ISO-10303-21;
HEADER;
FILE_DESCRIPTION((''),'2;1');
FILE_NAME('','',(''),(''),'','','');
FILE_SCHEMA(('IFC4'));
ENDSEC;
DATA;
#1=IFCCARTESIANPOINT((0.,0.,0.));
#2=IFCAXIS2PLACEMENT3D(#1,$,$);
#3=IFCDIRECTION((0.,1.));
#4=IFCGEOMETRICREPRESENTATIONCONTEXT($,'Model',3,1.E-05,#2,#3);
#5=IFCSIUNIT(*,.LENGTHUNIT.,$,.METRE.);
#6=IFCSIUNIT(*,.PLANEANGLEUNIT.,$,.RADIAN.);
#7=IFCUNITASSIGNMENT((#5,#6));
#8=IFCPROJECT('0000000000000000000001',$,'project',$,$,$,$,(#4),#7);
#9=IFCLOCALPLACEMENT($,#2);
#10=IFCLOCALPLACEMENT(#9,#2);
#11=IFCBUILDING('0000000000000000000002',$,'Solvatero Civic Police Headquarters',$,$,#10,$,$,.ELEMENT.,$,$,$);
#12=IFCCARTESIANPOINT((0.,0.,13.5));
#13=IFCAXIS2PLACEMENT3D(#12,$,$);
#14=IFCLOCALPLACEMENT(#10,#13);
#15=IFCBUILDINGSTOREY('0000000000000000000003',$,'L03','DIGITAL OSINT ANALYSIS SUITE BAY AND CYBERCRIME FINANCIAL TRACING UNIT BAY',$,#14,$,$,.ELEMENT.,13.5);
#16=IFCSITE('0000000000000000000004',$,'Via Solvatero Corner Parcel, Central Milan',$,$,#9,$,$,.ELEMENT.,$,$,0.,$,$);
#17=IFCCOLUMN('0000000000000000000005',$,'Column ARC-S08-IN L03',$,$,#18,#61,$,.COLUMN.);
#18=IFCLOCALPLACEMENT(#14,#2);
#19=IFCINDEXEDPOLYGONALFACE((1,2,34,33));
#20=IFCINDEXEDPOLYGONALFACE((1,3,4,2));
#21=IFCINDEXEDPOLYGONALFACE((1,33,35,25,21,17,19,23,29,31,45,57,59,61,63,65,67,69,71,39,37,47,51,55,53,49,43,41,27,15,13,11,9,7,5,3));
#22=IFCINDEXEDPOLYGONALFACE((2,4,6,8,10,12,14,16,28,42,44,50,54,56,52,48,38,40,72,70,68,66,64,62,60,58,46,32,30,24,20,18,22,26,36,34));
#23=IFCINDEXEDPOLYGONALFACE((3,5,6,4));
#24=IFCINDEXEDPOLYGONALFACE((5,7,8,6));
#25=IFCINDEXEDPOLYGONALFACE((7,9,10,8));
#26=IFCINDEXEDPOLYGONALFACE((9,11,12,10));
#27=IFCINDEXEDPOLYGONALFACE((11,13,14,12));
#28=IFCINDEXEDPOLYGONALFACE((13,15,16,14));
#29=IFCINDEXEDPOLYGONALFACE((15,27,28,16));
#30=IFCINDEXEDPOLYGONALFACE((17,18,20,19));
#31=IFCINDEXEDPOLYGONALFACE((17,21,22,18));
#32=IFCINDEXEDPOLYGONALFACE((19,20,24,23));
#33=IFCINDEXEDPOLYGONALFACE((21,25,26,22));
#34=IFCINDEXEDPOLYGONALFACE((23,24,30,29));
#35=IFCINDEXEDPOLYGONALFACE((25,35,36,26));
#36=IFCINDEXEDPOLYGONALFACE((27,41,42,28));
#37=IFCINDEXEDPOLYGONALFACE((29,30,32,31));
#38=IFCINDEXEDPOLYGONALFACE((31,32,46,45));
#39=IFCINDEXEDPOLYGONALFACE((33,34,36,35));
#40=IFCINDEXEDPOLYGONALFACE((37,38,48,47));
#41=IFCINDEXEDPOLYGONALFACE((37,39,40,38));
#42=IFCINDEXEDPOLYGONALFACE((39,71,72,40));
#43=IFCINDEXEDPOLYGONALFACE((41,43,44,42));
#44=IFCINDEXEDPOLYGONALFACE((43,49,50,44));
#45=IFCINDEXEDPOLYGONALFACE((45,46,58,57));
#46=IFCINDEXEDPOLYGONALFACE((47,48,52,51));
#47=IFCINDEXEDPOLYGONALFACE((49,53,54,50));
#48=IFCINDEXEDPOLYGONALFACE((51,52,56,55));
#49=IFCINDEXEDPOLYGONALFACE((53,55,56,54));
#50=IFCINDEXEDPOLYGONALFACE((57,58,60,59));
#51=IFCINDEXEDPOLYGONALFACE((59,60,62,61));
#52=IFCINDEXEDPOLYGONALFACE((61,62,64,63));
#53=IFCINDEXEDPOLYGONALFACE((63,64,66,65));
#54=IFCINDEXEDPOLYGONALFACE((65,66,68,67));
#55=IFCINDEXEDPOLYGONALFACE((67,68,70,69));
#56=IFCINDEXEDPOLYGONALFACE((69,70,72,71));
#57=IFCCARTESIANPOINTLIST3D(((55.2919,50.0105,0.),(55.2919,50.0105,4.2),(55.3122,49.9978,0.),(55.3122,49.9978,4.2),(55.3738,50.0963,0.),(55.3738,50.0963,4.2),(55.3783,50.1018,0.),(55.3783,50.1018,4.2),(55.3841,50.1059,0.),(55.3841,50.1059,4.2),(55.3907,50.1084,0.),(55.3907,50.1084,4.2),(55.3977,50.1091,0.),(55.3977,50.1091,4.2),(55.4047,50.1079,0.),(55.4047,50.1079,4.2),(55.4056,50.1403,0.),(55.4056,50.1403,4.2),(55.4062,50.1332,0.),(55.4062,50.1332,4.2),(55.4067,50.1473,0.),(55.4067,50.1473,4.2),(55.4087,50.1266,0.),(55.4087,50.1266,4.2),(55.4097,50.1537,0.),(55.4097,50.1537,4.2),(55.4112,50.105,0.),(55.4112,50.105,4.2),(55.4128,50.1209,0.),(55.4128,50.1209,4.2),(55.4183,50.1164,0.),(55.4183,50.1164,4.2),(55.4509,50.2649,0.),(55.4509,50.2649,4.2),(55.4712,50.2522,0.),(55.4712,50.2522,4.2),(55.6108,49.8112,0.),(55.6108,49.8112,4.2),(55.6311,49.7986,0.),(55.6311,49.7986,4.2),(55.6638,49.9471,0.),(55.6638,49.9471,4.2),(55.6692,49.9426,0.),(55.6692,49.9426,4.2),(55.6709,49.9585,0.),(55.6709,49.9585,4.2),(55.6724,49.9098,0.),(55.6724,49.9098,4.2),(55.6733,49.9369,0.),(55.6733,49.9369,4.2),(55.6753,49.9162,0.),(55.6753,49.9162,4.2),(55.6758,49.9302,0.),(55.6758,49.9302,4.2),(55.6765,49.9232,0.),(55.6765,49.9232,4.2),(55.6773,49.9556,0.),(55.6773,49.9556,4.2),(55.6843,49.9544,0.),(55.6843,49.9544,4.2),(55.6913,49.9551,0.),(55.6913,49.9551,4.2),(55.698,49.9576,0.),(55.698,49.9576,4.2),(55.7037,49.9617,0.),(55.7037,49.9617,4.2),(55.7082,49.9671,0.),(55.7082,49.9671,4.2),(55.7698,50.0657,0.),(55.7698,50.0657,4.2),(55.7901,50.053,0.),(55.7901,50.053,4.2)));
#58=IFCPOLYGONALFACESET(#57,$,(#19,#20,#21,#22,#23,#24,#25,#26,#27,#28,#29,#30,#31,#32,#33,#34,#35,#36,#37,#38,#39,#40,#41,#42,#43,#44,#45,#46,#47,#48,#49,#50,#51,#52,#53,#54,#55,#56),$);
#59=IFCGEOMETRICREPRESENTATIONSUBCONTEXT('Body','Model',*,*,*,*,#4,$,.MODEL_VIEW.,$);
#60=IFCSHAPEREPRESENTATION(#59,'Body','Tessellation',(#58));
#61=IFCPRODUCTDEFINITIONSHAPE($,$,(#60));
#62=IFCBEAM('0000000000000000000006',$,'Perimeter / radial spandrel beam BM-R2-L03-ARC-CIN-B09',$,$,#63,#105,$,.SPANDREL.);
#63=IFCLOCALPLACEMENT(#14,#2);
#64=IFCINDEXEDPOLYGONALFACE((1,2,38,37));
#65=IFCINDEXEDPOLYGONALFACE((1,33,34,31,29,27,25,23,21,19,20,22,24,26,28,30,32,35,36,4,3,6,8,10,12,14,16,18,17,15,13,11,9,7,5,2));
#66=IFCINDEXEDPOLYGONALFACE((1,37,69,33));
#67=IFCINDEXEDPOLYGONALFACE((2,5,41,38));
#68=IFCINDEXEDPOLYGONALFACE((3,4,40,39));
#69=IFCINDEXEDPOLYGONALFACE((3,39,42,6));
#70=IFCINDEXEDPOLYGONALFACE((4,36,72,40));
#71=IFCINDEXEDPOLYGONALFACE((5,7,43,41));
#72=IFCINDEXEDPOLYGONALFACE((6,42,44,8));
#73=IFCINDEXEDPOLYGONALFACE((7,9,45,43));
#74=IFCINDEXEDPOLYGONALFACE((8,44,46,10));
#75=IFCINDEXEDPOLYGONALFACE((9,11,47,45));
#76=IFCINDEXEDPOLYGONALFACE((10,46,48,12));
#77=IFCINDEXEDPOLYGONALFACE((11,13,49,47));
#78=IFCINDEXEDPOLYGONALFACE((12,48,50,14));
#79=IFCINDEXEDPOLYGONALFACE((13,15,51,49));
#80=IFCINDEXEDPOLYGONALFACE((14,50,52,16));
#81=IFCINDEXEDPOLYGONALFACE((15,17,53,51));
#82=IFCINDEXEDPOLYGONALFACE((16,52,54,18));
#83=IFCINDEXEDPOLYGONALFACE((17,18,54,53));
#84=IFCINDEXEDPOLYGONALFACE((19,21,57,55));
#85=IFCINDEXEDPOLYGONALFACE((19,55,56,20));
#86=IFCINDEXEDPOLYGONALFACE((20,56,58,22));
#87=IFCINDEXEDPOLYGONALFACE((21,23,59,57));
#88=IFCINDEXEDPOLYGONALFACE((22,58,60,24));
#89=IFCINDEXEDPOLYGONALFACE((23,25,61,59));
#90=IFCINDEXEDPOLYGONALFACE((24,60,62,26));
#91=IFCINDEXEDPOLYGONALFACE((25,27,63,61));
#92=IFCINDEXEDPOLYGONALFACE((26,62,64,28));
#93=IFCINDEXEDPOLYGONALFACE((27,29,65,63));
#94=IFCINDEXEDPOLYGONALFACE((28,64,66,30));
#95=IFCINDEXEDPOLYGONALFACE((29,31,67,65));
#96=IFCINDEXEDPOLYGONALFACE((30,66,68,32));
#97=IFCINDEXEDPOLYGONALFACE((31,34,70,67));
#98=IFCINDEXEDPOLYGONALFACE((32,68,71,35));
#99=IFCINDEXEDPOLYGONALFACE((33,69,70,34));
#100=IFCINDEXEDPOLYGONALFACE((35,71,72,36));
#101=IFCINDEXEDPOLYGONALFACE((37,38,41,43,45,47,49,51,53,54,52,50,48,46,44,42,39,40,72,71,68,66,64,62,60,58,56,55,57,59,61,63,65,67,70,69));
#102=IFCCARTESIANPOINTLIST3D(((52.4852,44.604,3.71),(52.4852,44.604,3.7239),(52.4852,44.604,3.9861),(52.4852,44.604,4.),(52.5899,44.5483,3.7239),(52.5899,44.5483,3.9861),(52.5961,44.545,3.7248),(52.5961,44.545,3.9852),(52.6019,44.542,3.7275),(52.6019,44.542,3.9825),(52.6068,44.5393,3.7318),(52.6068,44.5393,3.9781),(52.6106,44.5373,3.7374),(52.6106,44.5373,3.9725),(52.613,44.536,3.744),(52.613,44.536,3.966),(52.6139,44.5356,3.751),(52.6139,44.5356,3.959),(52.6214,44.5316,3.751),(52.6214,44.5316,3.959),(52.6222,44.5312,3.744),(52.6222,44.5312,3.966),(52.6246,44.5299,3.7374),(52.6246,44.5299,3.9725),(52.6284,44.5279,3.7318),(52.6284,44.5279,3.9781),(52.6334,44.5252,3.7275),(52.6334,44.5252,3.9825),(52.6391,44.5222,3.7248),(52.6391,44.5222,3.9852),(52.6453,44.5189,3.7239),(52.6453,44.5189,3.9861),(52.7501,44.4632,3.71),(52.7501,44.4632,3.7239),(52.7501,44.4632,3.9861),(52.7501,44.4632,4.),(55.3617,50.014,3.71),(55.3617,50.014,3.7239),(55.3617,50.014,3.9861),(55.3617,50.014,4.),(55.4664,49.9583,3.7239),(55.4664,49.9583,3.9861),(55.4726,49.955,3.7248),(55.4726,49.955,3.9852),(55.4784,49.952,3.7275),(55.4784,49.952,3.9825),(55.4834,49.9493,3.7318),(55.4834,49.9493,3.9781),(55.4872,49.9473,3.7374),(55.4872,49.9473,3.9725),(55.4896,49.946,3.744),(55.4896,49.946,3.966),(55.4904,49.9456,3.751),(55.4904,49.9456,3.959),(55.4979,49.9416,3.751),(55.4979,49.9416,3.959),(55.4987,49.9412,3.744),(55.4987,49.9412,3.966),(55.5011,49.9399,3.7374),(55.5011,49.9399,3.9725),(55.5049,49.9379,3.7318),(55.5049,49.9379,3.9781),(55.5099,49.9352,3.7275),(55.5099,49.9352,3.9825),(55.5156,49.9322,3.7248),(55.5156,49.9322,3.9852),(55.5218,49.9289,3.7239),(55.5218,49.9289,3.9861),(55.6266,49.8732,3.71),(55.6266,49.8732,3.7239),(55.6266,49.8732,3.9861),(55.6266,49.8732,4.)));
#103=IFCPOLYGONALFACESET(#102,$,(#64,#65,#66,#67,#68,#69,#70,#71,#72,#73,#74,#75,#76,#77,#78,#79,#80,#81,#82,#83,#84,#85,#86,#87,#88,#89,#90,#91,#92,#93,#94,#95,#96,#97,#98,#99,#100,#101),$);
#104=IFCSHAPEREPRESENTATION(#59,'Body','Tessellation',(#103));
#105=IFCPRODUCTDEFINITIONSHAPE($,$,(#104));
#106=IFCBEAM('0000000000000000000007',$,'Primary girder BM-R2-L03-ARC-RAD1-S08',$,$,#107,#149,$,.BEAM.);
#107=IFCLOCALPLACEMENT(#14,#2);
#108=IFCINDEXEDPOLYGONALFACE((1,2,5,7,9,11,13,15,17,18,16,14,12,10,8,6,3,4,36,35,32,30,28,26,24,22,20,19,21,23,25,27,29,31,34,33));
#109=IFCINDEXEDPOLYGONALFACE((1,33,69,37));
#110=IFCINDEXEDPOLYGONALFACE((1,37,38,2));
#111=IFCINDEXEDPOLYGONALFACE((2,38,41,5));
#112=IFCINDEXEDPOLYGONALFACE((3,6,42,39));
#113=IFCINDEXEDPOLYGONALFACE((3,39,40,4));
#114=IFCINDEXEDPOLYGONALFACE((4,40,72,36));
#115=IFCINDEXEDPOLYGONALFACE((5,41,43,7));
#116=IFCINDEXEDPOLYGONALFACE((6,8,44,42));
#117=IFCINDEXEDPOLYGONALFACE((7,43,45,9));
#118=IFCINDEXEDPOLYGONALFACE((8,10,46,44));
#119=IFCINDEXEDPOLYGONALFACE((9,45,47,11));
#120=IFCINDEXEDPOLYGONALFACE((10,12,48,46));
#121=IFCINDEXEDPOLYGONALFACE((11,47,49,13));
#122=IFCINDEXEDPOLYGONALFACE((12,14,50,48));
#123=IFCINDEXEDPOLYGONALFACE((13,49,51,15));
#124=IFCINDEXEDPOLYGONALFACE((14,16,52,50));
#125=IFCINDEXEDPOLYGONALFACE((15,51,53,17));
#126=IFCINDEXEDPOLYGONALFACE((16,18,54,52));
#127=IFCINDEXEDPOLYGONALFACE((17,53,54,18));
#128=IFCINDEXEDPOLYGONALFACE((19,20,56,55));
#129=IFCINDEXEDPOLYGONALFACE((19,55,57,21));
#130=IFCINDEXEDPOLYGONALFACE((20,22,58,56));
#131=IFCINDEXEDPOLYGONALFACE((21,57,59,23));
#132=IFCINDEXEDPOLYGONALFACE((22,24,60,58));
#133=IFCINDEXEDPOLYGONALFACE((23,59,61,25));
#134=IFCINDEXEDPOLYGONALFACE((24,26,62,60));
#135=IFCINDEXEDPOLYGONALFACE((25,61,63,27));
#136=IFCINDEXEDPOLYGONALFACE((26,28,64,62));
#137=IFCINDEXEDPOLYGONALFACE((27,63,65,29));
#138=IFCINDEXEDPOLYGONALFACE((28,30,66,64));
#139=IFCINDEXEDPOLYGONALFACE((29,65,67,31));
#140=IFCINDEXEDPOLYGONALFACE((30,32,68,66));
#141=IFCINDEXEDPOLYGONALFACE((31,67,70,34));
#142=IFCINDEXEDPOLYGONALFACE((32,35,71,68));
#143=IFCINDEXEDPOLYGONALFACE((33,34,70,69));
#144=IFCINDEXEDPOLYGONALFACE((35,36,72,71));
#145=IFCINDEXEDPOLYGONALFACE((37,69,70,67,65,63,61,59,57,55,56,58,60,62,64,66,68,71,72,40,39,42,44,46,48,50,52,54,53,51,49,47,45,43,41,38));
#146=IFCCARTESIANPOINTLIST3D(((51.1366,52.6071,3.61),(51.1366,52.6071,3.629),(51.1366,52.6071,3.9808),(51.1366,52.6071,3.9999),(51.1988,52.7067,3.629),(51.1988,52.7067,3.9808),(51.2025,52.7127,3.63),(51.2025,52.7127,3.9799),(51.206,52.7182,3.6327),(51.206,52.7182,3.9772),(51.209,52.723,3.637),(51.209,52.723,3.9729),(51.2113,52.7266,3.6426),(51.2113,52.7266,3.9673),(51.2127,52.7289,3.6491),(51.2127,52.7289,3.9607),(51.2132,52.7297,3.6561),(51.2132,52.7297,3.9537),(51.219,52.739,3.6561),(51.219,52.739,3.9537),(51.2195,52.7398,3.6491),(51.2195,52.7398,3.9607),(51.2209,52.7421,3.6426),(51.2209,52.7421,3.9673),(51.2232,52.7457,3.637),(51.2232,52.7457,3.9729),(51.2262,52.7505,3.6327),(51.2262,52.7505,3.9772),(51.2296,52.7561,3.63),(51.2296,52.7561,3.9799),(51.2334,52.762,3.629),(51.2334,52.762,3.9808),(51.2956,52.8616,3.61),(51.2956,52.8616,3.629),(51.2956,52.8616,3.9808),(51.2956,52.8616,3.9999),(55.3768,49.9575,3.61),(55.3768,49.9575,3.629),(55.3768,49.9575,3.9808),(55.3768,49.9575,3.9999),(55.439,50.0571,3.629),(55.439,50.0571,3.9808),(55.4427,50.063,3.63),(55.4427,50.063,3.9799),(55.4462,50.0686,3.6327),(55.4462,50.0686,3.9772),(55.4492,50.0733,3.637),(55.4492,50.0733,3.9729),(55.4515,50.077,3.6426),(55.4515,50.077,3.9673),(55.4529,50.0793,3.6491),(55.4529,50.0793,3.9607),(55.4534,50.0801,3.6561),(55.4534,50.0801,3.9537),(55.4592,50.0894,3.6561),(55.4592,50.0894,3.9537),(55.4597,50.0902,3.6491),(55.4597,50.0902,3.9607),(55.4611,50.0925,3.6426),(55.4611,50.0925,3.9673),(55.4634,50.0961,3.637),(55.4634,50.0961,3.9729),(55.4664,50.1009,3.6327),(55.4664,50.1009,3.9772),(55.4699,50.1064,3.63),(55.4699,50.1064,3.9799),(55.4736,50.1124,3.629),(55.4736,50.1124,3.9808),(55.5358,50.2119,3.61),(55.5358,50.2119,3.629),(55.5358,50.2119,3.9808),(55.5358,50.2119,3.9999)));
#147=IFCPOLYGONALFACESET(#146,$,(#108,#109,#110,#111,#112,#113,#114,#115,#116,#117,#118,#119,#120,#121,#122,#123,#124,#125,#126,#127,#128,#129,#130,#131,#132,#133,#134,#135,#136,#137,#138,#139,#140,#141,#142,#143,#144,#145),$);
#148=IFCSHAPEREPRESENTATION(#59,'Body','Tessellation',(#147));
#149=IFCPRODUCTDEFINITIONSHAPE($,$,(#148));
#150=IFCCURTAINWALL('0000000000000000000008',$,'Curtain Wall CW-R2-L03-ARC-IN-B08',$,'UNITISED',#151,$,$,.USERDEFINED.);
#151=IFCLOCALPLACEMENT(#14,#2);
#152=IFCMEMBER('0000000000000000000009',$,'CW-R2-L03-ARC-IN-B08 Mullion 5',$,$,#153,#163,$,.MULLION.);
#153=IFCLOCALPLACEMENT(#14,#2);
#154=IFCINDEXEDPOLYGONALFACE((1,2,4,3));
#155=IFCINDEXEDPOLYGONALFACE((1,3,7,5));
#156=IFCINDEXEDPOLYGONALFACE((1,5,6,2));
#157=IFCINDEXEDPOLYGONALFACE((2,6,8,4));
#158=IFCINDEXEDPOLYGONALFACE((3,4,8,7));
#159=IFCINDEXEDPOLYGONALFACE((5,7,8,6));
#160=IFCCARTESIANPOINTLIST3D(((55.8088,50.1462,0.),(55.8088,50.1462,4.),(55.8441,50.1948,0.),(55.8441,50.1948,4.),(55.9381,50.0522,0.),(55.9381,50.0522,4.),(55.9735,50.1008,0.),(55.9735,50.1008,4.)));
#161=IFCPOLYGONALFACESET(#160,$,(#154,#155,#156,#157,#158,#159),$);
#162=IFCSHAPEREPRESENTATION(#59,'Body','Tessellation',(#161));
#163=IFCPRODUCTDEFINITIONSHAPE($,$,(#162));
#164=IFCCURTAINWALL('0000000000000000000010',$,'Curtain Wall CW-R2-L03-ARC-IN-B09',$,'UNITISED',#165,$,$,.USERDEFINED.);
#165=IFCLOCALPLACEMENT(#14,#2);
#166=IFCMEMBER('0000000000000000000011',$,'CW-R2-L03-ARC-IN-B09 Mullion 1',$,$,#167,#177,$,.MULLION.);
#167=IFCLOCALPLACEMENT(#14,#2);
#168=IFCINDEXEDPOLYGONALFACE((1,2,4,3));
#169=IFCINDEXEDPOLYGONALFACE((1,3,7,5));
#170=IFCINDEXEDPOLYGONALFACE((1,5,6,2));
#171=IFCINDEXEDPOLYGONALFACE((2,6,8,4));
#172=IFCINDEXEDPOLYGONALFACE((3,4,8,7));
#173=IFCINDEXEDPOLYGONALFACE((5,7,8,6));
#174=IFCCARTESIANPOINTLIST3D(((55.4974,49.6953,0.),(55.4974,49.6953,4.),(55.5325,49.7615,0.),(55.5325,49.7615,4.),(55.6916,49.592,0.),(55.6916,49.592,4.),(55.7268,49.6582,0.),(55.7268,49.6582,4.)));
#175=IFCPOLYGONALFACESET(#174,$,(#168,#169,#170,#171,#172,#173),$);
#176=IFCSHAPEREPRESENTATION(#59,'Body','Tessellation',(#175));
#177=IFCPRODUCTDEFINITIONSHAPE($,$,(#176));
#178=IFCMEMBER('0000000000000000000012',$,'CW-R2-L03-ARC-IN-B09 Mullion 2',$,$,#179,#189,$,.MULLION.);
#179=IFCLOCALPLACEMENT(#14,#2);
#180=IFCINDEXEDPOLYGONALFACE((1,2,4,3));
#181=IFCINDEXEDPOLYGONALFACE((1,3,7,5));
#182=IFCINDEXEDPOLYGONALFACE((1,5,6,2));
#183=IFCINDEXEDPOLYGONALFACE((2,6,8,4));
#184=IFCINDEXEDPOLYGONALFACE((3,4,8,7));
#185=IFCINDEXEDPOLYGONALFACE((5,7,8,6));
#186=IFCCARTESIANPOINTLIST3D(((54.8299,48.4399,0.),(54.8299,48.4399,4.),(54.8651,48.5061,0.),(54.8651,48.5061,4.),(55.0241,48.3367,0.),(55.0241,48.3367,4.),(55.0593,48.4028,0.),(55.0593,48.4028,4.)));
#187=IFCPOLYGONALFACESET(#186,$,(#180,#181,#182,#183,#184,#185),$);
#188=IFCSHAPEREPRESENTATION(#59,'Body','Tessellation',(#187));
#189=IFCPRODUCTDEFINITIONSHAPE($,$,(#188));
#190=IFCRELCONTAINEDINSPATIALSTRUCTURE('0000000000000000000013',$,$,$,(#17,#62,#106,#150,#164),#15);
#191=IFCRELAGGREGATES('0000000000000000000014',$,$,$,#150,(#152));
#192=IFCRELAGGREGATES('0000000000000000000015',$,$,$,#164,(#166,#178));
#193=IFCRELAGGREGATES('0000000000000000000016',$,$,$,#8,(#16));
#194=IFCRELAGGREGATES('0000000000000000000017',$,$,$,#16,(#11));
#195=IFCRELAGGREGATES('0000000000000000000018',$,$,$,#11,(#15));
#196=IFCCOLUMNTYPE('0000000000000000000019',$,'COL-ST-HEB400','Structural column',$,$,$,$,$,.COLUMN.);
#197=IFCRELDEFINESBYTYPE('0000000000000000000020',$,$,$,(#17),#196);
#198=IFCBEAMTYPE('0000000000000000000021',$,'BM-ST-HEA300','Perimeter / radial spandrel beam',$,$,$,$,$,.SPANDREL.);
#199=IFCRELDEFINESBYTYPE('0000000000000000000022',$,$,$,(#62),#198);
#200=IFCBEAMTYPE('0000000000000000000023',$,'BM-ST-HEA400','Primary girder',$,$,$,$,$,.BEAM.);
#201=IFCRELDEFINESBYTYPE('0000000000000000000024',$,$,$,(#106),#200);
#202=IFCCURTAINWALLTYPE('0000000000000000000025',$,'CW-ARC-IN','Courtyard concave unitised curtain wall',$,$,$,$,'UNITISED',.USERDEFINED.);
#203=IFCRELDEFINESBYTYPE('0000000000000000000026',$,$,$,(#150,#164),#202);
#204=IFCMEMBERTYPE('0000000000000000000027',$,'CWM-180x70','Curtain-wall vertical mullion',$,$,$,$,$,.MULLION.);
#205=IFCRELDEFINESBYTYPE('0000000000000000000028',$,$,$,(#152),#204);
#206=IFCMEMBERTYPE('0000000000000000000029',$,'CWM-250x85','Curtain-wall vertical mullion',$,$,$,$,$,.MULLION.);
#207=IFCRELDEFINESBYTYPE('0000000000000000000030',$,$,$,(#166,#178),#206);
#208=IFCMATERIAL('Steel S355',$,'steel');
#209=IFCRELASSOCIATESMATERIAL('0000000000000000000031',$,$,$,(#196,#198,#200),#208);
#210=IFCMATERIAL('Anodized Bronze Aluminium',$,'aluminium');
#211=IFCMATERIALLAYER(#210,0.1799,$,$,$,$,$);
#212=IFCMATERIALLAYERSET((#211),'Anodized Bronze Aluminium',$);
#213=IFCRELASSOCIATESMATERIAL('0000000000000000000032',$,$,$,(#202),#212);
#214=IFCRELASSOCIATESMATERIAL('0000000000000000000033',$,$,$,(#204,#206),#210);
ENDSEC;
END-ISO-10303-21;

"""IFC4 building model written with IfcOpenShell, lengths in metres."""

from ifc_helpers import new_model, si_unit, direction, frame, origin, origin_2d, place, context, subcontext, project, spatial, rectangle, i_section, extrude, material, layer, layer_set, material_profile, profile_set, type_object, element, aggregate, save


model = new_model("IFC4")

# Units and contexts
model_context = context("Model", 3, precision=1e-05, world=origin(), true_north=direction((0.0, 1.0)))
body_context = subcontext(model_context, "Body", "Model", "MODEL_VIEW")
ifc_project = project(units=[si_unit("LENGTHUNIT", "METRE"), si_unit("PLANEANGLEUNIT", "RADIAN")], contexts=[model_context])

# Site, building, storey
site_placement = place(None, origin())
site = spatial("IfcSite", under=ifc_project, at=site_placement, Name="Via Solvatero Corner Parcel, Central Milan", CompositionType="ELEMENT", RefElevation=0.0)
building_placement = place(site_placement, origin())
building = spatial("IfcBuilding", under=site, at=building_placement, Name="Solvatero Civic Police Headquarters", CompositionType="ELEMENT")
storey_placement = place(building_placement, frame((0.0, 0.0, 13.5)))
storey = spatial("IfcBuildingStorey", under=building, at=storey_placement, Name="L03", Description="DIGITAL OSINT ANALYSIS SUITE BAY AND CYBERCRIME FINANCIAL TRACING UNIT BAY", CompositionType="ELEMENT", Elevation=13.5)

# Column
ifc_material_1 = material(Name="Steel S355", Category="steel")
ifc_material_profile_1 = material_profile(ifc_material_1, i_section(OverallWidth=0.3, OverallDepth=0.3999, WebThickness=0.0134, FlangeThickness=0.0239, FilletRadius=0.0271, at=origin_2d()), Name="HEB 400")
ifc_profile_set_1 = profile_set([ifc_material_profile_1], Name="Steel S355")
column_type = type_object("IfcColumnType", Name="COL-ST-HEB400", Description="Structural column", PredefinedType="COLUMN", material=ifc_profile_set_1)
column_placement = place(storey_placement, frame((55.541, 50.0317, 0.0), z_axis=(0.0, 0.0, 1.0), x_axis=(0.529919, 0.848048, 0.0)))
element("IfcColumn", 1, at=column_placement, inside=storey, type_object=column_type, Name="Column ARC-S08-IN L03", PredefinedType="COLUMN", context=body_context, shape_type="SweptSolid", body=[
    extrude(i_section(OverallWidth=0.3, OverallDepth=0.3999, WebThickness=0.0134, FlangeThickness=0.0239, FilletRadius=0.0271, at=origin_2d()), origin(), (0.0, 0.0, 1.0), 4.2),
])

# Beams
ifc_material_profile_2 = material_profile(ifc_material_1, i_section(OverallWidth=0.3, OverallDepth=0.29, WebThickness=0.0085, FlangeThickness=0.0139, FilletRadius=0.0271, at=origin_2d()), Name="HEA 300")
ifc_profile_set_2 = profile_set([ifc_material_profile_2], Name="Steel S355")
beam_type_1 = type_object("IfcBeamType", Name="BM-ST-HEA300", Description="Perimeter / radial spandrel beam", PredefinedType="SPANDREL", material=ifc_profile_set_2)
beam_1_placement = place(storey_placement, frame((55.4941, 49.9436, 3.855), z_axis=(-0.469467, -0.88295, 0.0), x_axis=(0.88295, -0.469467, 0.0)))
element("IfcBeam", 2, at=beam_1_placement, inside=storey, type_object=beam_type_1, Name="Perimeter / radial spandrel beam BM-R2-L03-ARC-CIN-B09", PredefinedType="SPANDREL", context=body_context, shape_type="SweptSolid", body=[
    extrude(i_section(OverallWidth=0.3, OverallDepth=0.29, WebThickness=0.0085, FlangeThickness=0.0139, FilletRadius=0.0271, at=origin_2d()), origin(), (0.0, 0.0, 1.0), 6.1272),
])
ifc_material_profile_3 = material_profile(ifc_material_1, i_section(OverallWidth=0.3, OverallDepth=0.3899, WebThickness=0.011, FlangeThickness=0.019, FilletRadius=0.0271, at=origin_2d()), Name="HEA 400")
ifc_profile_set_3 = profile_set([ifc_material_profile_3], Name="Steel S355")
beam_type_2 = type_object("IfcBeamType", Name="BM-ST-HEA400", Description="Primary girder", PredefinedType="BEAM", material=ifc_profile_set_3)
beam_2_placement = place(storey_placement, frame((55.4563, 50.0847, 3.8049), z_axis=(-0.848042, 0.529929, 0.0), x_axis=(-0.529929, -0.848042, 0.0)))
element("IfcBeam", 3, at=beam_2_placement, inside=storey, type_object=beam_type_2, Name="Primary girder BM-R2-L03-ARC-RAD1-S08", PredefinedType="BEAM", context=body_context, shape_type="SweptSolid", body=[
    extrude(i_section(OverallWidth=0.3, OverallDepth=0.3899, WebThickness=0.011, FlangeThickness=0.019, FilletRadius=0.0271, at=origin_2d()), origin(), (0.0, 0.0, 1.0), 5.0),
])

# Curtain wall, member
ifc_material_2 = material(Name="Anodized Bronze Aluminium", Category="aluminium")
ifc_layer_1 = layer(ifc_material_2, 0.1799)
ifc_layer_set_1 = layer_set([ifc_layer_1], Name="Anodized Bronze Aluminium")
curtain_wall_type = type_object("IfcCurtainWallType", Name="CW-ARC-IN", Description="Courtyard concave unitised curtain wall", ElementType="UNITISED", PredefinedType="USERDEFINED", material=ifc_layer_set_1)
curtain_wall_1_placement = place(storey_placement, origin())
curtain_wall_1 = element("IfcCurtainWall", 4, at=curtain_wall_1_placement, inside=storey, type_object=curtain_wall_type, Name="Curtain Wall CW-R2-L03-ARC-IN-B08", ObjectType="UNITISED", PredefinedType="USERDEFINED")
ifc_material_profile_4 = material_profile(ifc_material_2, rectangle(XDim=0.0601, YDim=0.1599, at=origin_2d()), Name="ALU MULLION 60x160")
ifc_profile_set_4 = profile_set([ifc_material_profile_4], Name="Anodized Bronze Aluminium")
member_type_1 = type_object("IfcMemberType", Name="CWM-180x70", Description="Curtain-wall vertical mullion", PredefinedType="MULLION", material=ifc_profile_set_4)
member_1_placement = place(storey_placement, frame((55.8911, 50.1235, 0.0), z_axis=(0.0, 0.0, 1.0), x_axis=(-0.587771, -0.809027, 0.0)))
member_1 = element("IfcMember", 5, at=member_1_placement, type_object=member_type_1, Name="CW-R2-L03-ARC-IN-B08 Mullion 5", PredefinedType="MULLION", context=body_context, shape_type="SweptSolid", body=[
    extrude(rectangle(XDim=0.0601, YDim=0.1599, at=origin_2d()), origin(), (0.0, 0.0, 1.0), 4.0),
])
aggregate(curtain_wall_1, [member_1])

# Curtain wall, members
curtain_wall_2_placement = place(storey_placement, origin())
curtain_wall_2 = element("IfcCurtainWall", 6, at=curtain_wall_2_placement, inside=storey, type_object=curtain_wall_type, Name="Curtain Wall CW-R2-L03-ARC-IN-B09", ObjectType="UNITISED", PredefinedType="USERDEFINED")
ifc_material_profile_5 = material_profile(ifc_material_2, rectangle(XDim=0.075, YDim=0.22, at=origin_2d()), Name="ALU MULLION 75x220")
ifc_profile_set_5 = profile_set([ifc_material_profile_5], Name="Anodized Bronze Aluminium")
member_type_2 = type_object("IfcMemberType", Name="CWM-250x85", Description="Curtain-wall vertical mullion", PredefinedType="MULLION", material=ifc_profile_set_5)
member_2_placement = place(storey_placement, frame((55.6121, 49.6768, 0.0), z_axis=(0.0, 0.0, 1.0), x_axis=(-0.469487, -0.882939, 0.0)))
member_2 = element("IfcMember", 7, at=member_2_placement, type_object=member_type_2, Name="CW-R2-L03-ARC-IN-B09 Mullion 1", PredefinedType="MULLION", context=body_context, shape_type="SweptSolid", body=[
    extrude(rectangle(XDim=0.075, YDim=0.22, at=origin_2d()), origin(), (0.0, 0.0, 1.0), 4.0),
])
member_3_placement = place(storey_placement, frame((54.9446, 48.4214, 0.0), z_axis=(0.0, 0.0, 1.0), x_axis=(-0.469487, -0.882939, 0.0)))
member_3 = element("IfcMember", 8, at=member_3_placement, type_object=member_type_2, Name="CW-R2-L03-ARC-IN-B09 Mullion 2", PredefinedType="MULLION", context=body_context, shape_type="SweptSolid", body=[
    extrude(rectangle(XDim=0.075, YDim=0.22, at=origin_2d()), origin(), (0.0, 0.0, 1.0), 4.0),
])
aggregate(curtain_wall_2, [member_2, member_3])

save(model, "model.ifc")
